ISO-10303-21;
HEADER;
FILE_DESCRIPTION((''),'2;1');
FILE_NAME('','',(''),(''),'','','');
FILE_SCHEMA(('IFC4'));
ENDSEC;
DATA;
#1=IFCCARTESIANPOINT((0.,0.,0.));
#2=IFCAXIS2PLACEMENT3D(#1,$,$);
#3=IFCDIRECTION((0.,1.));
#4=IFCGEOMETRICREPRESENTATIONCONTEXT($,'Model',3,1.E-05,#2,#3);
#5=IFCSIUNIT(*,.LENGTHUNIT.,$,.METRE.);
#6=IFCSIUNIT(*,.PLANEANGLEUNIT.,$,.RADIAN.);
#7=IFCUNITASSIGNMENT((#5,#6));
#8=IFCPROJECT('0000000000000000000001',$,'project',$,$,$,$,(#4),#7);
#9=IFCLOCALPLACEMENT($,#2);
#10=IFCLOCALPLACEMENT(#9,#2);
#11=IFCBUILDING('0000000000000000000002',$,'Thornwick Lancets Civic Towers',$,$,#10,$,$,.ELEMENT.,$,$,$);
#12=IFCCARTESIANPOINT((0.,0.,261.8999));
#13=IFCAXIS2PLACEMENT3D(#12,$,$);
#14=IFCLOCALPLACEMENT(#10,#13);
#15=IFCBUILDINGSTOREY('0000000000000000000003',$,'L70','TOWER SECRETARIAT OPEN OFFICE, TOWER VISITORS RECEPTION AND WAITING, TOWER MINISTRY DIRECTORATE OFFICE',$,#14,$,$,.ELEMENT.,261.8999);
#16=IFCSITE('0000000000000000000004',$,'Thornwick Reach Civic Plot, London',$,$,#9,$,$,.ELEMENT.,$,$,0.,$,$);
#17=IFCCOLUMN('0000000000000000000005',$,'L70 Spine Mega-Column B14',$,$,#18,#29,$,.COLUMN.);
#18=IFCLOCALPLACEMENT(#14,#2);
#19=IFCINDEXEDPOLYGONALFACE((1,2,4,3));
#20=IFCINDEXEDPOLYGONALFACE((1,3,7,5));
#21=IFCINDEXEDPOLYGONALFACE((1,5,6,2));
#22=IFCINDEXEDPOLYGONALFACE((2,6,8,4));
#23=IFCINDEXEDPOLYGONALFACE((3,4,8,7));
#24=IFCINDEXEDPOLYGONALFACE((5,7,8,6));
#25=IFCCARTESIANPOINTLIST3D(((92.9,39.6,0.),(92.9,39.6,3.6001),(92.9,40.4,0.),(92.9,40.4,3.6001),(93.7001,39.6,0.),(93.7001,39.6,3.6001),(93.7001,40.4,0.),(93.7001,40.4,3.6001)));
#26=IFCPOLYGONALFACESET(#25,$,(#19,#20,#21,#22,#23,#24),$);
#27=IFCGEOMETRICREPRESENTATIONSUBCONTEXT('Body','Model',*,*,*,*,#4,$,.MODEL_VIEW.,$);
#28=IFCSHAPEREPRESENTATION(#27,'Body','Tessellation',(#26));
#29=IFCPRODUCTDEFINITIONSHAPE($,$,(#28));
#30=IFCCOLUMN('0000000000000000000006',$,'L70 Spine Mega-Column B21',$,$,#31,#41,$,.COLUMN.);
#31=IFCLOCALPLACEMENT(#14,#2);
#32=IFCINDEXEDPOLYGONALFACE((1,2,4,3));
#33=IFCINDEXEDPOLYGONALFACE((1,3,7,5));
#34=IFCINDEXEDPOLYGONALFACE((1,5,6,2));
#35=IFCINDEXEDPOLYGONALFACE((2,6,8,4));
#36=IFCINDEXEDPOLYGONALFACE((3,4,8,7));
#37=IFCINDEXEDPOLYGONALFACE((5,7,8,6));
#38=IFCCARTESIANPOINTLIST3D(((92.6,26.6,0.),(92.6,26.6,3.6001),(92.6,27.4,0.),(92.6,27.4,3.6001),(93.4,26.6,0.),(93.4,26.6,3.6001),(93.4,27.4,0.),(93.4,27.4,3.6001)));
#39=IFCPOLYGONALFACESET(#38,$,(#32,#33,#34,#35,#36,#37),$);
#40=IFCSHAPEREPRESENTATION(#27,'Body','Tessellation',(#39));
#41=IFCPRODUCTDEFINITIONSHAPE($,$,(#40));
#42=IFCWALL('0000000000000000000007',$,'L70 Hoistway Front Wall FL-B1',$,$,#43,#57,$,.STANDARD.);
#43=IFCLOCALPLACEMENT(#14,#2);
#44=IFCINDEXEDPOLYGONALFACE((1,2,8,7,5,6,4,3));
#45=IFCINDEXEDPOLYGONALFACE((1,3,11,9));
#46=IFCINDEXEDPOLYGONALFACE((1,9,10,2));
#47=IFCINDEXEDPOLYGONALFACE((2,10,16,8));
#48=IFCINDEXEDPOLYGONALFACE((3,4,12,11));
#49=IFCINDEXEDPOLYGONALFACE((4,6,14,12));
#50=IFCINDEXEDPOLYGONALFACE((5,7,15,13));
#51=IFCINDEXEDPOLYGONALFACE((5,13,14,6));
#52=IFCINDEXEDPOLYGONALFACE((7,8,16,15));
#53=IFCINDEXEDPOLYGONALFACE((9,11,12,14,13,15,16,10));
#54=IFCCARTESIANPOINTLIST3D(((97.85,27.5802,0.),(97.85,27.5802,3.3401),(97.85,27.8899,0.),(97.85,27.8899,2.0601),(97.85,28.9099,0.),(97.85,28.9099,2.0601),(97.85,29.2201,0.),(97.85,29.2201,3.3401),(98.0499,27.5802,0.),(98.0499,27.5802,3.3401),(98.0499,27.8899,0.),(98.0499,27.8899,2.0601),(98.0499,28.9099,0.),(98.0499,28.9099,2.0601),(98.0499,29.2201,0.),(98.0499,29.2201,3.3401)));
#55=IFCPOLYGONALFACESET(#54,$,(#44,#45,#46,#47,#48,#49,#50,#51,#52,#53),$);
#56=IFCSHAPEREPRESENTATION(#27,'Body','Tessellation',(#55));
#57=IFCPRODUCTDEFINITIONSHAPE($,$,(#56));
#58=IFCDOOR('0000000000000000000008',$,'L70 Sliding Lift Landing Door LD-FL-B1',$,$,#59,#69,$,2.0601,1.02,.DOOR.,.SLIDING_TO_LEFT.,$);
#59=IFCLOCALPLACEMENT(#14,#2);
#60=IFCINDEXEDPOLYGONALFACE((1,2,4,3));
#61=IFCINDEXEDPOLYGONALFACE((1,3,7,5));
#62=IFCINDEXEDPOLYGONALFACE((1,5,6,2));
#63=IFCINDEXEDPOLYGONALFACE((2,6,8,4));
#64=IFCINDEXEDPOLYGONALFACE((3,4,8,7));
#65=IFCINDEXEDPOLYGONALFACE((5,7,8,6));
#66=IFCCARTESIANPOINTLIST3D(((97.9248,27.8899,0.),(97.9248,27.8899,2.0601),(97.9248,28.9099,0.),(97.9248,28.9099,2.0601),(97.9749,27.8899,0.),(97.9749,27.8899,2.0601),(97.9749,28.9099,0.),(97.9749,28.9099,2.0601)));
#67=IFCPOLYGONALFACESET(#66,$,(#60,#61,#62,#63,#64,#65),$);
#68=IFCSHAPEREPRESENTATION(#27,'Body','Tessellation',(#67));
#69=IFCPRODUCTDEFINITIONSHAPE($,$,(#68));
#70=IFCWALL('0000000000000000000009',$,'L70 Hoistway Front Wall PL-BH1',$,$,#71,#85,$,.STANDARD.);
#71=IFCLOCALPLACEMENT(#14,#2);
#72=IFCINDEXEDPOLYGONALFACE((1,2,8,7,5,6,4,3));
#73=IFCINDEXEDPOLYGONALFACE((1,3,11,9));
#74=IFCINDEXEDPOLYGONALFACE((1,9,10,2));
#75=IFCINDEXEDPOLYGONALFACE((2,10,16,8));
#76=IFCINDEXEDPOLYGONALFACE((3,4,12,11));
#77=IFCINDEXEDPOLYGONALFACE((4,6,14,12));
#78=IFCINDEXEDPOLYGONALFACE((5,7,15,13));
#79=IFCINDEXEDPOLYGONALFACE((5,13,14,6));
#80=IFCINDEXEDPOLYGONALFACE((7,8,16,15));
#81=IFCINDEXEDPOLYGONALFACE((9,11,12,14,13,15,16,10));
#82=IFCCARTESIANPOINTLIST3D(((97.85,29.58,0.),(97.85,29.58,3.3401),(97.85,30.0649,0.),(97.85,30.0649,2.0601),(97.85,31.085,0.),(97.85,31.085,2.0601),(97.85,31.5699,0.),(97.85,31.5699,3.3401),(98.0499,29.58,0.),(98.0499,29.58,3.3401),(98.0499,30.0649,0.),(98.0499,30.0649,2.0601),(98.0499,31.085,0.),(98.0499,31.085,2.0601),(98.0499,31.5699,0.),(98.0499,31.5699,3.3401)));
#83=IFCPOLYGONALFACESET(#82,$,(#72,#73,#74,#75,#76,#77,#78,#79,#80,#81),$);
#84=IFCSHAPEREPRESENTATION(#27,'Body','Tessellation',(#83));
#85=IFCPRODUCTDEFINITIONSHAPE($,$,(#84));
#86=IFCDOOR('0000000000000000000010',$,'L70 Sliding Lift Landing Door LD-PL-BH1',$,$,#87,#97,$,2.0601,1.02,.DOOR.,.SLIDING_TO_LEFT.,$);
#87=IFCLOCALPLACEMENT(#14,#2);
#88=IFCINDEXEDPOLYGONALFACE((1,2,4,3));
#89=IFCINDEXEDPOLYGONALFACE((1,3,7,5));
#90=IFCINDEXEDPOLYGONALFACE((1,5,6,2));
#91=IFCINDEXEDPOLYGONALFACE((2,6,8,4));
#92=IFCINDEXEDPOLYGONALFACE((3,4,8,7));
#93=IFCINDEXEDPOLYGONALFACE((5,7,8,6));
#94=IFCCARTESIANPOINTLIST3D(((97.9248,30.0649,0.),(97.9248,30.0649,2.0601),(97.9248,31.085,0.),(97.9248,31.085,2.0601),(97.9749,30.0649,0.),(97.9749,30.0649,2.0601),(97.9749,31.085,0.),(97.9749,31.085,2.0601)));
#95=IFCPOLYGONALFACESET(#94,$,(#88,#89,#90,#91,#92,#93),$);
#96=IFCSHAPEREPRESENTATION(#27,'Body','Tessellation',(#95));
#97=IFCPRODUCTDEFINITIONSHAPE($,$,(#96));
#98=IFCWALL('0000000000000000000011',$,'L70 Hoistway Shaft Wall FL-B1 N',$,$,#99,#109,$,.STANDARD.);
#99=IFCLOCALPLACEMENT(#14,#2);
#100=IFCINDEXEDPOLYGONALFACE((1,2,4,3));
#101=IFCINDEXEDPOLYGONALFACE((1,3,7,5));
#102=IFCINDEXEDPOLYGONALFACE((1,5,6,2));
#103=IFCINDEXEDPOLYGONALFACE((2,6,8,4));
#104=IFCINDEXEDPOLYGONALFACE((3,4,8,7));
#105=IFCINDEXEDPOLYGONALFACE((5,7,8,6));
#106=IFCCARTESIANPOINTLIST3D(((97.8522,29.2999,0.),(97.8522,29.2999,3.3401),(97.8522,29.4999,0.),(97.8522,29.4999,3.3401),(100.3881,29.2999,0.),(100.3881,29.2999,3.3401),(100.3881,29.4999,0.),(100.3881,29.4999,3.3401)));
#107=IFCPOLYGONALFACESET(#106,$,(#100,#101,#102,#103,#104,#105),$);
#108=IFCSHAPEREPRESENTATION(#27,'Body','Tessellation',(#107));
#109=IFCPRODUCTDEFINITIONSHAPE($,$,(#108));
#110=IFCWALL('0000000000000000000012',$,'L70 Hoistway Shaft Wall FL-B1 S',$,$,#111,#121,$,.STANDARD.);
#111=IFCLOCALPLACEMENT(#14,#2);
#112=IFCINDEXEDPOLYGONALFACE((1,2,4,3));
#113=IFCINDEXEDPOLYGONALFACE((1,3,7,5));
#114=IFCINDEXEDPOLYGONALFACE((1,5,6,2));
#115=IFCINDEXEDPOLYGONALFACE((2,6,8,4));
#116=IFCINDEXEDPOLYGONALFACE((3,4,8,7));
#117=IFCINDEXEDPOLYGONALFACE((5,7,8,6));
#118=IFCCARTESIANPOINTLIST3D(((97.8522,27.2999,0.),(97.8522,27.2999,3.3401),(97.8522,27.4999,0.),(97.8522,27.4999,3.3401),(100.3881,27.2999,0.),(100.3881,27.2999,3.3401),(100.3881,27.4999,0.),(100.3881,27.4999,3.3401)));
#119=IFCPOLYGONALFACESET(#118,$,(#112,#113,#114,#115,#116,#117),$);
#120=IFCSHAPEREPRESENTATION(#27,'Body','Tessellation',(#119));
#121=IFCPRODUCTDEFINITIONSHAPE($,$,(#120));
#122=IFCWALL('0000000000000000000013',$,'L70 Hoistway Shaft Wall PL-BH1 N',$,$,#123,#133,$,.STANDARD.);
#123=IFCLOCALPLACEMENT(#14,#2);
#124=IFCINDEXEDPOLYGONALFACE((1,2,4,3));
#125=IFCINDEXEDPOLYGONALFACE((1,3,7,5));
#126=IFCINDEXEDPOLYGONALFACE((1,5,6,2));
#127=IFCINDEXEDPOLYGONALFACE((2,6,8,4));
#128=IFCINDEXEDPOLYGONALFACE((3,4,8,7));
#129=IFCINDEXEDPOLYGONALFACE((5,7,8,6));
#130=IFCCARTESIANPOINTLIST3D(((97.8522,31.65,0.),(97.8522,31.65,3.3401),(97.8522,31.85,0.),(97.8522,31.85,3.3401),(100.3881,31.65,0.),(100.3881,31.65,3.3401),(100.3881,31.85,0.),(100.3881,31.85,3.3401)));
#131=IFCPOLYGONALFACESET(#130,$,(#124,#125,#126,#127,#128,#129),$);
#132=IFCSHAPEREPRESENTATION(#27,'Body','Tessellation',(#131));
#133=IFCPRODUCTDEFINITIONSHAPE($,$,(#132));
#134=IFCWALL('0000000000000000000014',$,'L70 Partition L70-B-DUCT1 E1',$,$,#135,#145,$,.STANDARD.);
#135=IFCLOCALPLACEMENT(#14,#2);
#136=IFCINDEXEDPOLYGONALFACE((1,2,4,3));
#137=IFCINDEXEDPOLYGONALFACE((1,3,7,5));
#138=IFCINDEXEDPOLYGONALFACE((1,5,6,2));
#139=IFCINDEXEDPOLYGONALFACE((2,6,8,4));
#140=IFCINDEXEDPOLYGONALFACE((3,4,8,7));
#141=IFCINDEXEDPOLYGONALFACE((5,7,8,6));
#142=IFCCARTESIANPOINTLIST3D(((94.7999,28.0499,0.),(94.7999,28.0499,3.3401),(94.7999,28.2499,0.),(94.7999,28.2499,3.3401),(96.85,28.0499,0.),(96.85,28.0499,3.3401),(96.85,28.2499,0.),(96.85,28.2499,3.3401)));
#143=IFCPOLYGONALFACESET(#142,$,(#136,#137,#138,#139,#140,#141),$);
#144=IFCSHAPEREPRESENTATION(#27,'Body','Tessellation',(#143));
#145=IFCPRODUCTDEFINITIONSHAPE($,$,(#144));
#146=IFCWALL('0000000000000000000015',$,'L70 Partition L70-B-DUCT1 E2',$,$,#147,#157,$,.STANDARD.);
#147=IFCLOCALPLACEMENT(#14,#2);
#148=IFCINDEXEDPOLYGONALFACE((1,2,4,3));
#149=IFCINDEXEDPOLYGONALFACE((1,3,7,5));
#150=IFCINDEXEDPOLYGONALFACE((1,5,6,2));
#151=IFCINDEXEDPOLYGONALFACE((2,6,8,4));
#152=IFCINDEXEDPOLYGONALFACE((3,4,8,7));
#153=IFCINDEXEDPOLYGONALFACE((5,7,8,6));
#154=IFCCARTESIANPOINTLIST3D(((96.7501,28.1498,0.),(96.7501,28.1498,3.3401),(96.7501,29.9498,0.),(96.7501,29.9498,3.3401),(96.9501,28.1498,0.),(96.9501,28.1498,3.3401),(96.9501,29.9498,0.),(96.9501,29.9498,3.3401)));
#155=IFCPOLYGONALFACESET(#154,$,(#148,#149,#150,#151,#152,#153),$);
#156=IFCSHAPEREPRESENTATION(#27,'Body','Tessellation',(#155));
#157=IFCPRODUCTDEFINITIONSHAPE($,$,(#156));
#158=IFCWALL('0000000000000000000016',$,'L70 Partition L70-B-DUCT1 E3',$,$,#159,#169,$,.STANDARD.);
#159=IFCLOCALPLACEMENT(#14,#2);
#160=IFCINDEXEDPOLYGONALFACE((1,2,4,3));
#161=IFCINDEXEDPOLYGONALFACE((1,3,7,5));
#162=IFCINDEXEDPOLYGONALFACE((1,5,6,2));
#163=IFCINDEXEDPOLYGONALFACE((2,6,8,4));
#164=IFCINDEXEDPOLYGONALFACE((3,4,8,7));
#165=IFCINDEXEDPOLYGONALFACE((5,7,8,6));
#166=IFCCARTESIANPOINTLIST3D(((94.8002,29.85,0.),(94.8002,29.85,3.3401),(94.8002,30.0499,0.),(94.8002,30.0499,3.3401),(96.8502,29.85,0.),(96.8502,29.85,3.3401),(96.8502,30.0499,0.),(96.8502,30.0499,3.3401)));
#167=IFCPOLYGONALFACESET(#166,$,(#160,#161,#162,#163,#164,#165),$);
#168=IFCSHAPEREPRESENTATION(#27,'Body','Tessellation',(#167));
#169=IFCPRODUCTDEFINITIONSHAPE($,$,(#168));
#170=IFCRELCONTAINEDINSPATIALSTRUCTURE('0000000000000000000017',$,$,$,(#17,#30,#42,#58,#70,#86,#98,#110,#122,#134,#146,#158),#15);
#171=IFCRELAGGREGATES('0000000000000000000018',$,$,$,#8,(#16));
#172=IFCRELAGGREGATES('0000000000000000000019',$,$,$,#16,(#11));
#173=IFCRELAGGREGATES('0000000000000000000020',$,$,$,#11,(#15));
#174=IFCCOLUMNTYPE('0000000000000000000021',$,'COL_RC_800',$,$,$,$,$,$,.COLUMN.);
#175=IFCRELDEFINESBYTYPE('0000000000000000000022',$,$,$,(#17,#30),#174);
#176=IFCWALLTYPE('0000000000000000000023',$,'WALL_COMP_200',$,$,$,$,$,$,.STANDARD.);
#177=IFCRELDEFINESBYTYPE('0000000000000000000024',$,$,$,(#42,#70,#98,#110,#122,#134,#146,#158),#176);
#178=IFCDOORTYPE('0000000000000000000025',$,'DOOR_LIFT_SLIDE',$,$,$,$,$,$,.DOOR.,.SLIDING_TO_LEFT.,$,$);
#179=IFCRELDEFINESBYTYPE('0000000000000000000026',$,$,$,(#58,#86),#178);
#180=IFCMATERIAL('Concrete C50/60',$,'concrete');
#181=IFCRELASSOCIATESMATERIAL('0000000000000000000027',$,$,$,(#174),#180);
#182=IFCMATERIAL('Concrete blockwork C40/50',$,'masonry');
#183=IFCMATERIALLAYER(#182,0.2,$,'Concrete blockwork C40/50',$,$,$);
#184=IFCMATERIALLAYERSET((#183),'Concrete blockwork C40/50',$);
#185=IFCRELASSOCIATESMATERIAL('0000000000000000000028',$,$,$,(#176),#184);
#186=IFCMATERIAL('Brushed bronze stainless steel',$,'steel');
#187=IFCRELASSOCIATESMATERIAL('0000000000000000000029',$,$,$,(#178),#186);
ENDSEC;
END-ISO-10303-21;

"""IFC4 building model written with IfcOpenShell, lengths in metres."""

from ifc_helpers import new_model, si_unit, direction, frame, frame_2d, origin, origin_2d, place, context, subcontext, project, spatial, rectangle, extrude, material, layer, layer_set, material_profile, profile_set, type_object, element, fill, save


model = new_model("IFC4")

# Units and contexts
model_context = context("Model", 3, precision=1e-05, world=origin(), true_north=direction((0.0, 1.0)))
body_context = subcontext(model_context, "Body", "Model", "MODEL_VIEW")
ifc_project = project(units=[si_unit("LENGTHUNIT", "METRE"), si_unit("PLANEANGLEUNIT", "RADIAN")], contexts=[model_context])

# Site, building, storey
site_placement = place(None, origin())
site = spatial("IfcSite", under=ifc_project, at=site_placement, Name="Thornwick Reach Civic Plot, London", CompositionType="ELEMENT", RefElevation=0.0)
building_placement = place(site_placement, origin())
building = spatial("IfcBuilding", under=site, at=building_placement, Name="Thornwick Lancets Civic Towers", CompositionType="ELEMENT")
storey_placement = place(building_placement, frame((0.0, 0.0, 261.8999)))
storey = spatial("IfcBuildingStorey", under=building, at=storey_placement, Name="L70", Description="TOWER SECRETARIAT OPEN OFFICE, TOWER VISITORS RECEPTION AND WAITING, TOWER MINISTRY DIRECTORATE OFFICE", CompositionType="ELEMENT", Elevation=261.8999)

# Columns
ifc_material_1 = material(Name="Concrete C50/60", Category="concrete")
ifc_material_profile = material_profile(ifc_material_1, rectangle(XDim=0.8, YDim=0.8, at=origin_2d()), Name="RC 800x800")
ifc_profile_set = profile_set([ifc_material_profile], Name="Concrete C50/60")
column_type = type_object("IfcColumnType", Name="COL_RC_800", PredefinedType="COLUMN", material=ifc_profile_set)
for number, where, z_axis, x_axis, name in (
    (1, (93.3, 40.0, 0.0), (0.0, 0.0, 1.0), (1.0, 0.0, 0.0), "L70 Spine Mega-Column B14"),
    (2, (93.0, 27.0, 0.0), (0.0, 0.0, 1.0), (1.0, 0.0, 0.0), "L70 Spine Mega-Column B21"),
):
    element("IfcColumn", number, at=place(storey_placement, frame(where, z_axis=z_axis, x_axis=x_axis)), inside=storey, type_object=column_type, Name=name, PredefinedType="COLUMN", context=body_context, shape_type="SweptSolid", body=[
        extrude(rectangle(XDim=0.8, YDim=0.8, at=origin_2d()), origin(), (0.0, 0.0, 1.0), 3.6001),
    ])

# Walls, openings, doors
ifc_material_2 = material(Name="Concrete blockwork C40/50", Category="masonry")
ifc_layer_1 = layer(ifc_material_2, 0.2, Name="Concrete blockwork C40/50")
ifc_layer_set_1 = layer_set([ifc_layer_1], Name="Concrete blockwork C40/50")
wall_type_1 = type_object("IfcWallType", Name="WALL_COMP_200", PredefinedType="STANDARD", material=ifc_layer_set_1)
wall_1_placement = place(storey_placement, frame((97.95, 29.22, 0.0), z_axis=(0.0, 0.0, 1.0), x_axis=(0.0, -1.0, 0.0)))
wall_1 = element("IfcWall", 3, at=wall_1_placement, inside=storey, type_object=wall_type_1, Name="L70 Hoistway Front Wall FL-B1", PredefinedType="STANDARD", context=body_context, shape_type="SweptSolid", body=[
    extrude(rectangle(XDim=1.6399, YDim=0.2, at=frame_2d((0.8198, 0.0))), origin(), (0.0, 0.0, 1.0), 3.3401),
])
opening_1_placement = place(wall_1_placement, frame((0.3101, 0.0, 0.0)))
opening_1 = element("IfcOpeningElement", 4, at=opening_1_placement, cuts=wall_1, PredefinedType="OPENING", context=body_context, shape_type="SweptSolid", body=[
    extrude(rectangle(XDim=1.02, YDim=2.0601, at=frame_2d((0.51, 1.03))), frame((0.0, 0.1099, 0.0), z_axis=(0.0, -1.0, 0.0), x_axis=(1.0, 0.0, 0.0)), (0.0, 0.0, 1.0), 0.22),
])
ifc_material_3 = material(Name="Brushed bronze stainless steel", Category="steel")
door_type_1 = type_object("IfcDoorType", Name="DOOR_LIFT_SLIDE", OperationType="SLIDING_TO_LEFT", PredefinedType="DOOR", material=ifc_material_3)
door_1_placement = place(opening_1_placement, origin())
door_1 = element("IfcDoor", 5, at=door_1_placement, inside=storey, type_object=door_type_1, Name="L70 Sliding Lift Landing Door LD-FL-B1", OperationType="SLIDING_TO_LEFT", OverallHeight=2.0601, OverallWidth=1.02, PredefinedType="DOOR", context=body_context, shape_type="SweptSolid", body=[
    extrude(rectangle(XDim=1.02, YDim=2.0601, at=frame_2d((0.51, 1.03))), frame((0.0, 0.0249, 0.0), z_axis=(0.0, -1.0, 0.0), x_axis=(1.0, 0.0, 0.0)), (0.0, 0.0, 1.0), 0.05),
])
fill(opening_1, door_1)
wall_2_placement = place(storey_placement, frame((97.95, 31.5701, 0.0), z_axis=(0.0, 0.0, 1.0), x_axis=(0.0, -1.0, 0.0)))
wall_2 = element("IfcWall", 6, at=wall_2_placement, inside=storey, type_object=wall_type_1, Name="L70 Hoistway Front Wall PL-BH1", PredefinedType="STANDARD", context=body_context, shape_type="SweptSolid", body=[
    extrude(rectangle(XDim=1.99, YDim=0.2, at=frame_2d((0.9951, 0.0))), origin(), (0.0, 0.0, 1.0), 3.3401),
])
opening_2_placement = place(wall_2_placement, frame((0.4851, 0.0, 0.0)))
opening_2 = element("IfcOpeningElement", 7, at=opening_2_placement, cuts=wall_2, PredefinedType="OPENING", context=body_context, shape_type="SweptSolid", body=[
    extrude(rectangle(XDim=1.02, YDim=2.0601, at=frame_2d((0.51, 1.03))), frame((0.0, 0.1099, 0.0), z_axis=(0.0, -1.0, 0.0), x_axis=(1.0, 0.0, 0.0)), (0.0, 0.0, 1.0), 0.22),
])
door_2_placement = place(opening_2_placement, origin())
door_2 = element("IfcDoor", 8, at=door_2_placement, inside=storey, type_object=door_type_1, Name="L70 Sliding Lift Landing Door LD-PL-BH1", OperationType="SLIDING_TO_LEFT", OverallHeight=2.0601, OverallWidth=1.02, PredefinedType="DOOR", context=body_context, shape_type="SweptSolid", body=[
    extrude(rectangle(XDim=1.02, YDim=2.0601, at=frame_2d((0.51, 1.03))), frame((0.0, 0.0249, 0.0), z_axis=(0.0, -1.0, 0.0), x_axis=(1.0, 0.0, 0.0)), (0.0, 0.0, 1.0), 0.05),
])
fill(opening_2, door_2)

# Walls
for number, where, z_axis, x_axis, name in (
    (9, (97.8521, 29.3999, 0.0), (0.0, 0.0, 1.0), (1.0, 0.0, 0.0), "L70 Hoistway Shaft Wall FL-B1 N"),
    (10, (97.8521, 27.3999, 0.0), (0.0, 0.0, 1.0), (1.0, 0.0, 0.0), "L70 Hoistway Shaft Wall FL-B1 S"),
    (11, (97.8521, 31.75, 0.0), (0.0, 0.0, 1.0), (1.0, 0.0, 0.0), "L70 Hoistway Shaft Wall PL-BH1 N"),
):
    element("IfcWall", number, at=place(storey_placement, frame(where, z_axis=z_axis, x_axis=x_axis)), inside=storey, type_object=wall_type_1, Name=name, PredefinedType="STANDARD", context=body_context, shape_type="SweptSolid", body=[
        extrude(rectangle(XDim=2.5359, YDim=0.2, at=frame_2d((1.2681, 0.0))), origin(), (0.0, 0.0, 1.0), 3.3401),
    ])
wall_3_placement = place(storey_placement, frame((94.8, 28.1499, 0.0), z_axis=(0.0, 0.0, 1.0), x_axis=(1.0, 0.0, 0.0)))
element("IfcWall", 12, at=wall_3_placement, inside=storey, type_object=wall_type_1, Name="L70 Partition L70-B-DUCT1 E1", PredefinedType="STANDARD", context=body_context, shape_type="SweptSolid", body=[
    extrude(rectangle(XDim=2.05, YDim=0.2, at=frame_2d((1.0249, 0.0))), origin(), (0.0, 0.0, 1.0), 3.3401),
])
wall_4_placement = place(storey_placement, frame((96.8501, 28.1499, 0.0), z_axis=(0.0, 0.0, 1.0), x_axis=(0.0, 1.0, 0.0)))
element("IfcWall", 13, at=wall_4_placement, inside=storey, type_object=wall_type_1, Name="L70 Partition L70-B-DUCT1 E2", PredefinedType="STANDARD", context=body_context, shape_type="SweptSolid", body=[
    extrude(rectangle(XDim=1.8, YDim=0.2, at=frame_2d((0.8999, 0.0))), origin(), (0.0, 0.0, 1.0), 3.3401),
])
wall_5_placement = place(storey_placement, frame((96.8501, 29.95, 0.0), z_axis=(0.0, 0.0, 1.0), x_axis=(-1.0, 0.0, 0.0)))
element("IfcWall", 14, at=wall_5_placement, inside=storey, type_object=wall_type_1, Name="L70 Partition L70-B-DUCT1 E3", PredefinedType="STANDARD", context=body_context, shape_type="SweptSolid", body=[
    extrude(rectangle(XDim=2.05, YDim=0.2, at=frame_2d((1.0249, 0.0))), origin(), (0.0, 0.0, 1.0), 3.3401),
])

save(model, "model.ifc")
